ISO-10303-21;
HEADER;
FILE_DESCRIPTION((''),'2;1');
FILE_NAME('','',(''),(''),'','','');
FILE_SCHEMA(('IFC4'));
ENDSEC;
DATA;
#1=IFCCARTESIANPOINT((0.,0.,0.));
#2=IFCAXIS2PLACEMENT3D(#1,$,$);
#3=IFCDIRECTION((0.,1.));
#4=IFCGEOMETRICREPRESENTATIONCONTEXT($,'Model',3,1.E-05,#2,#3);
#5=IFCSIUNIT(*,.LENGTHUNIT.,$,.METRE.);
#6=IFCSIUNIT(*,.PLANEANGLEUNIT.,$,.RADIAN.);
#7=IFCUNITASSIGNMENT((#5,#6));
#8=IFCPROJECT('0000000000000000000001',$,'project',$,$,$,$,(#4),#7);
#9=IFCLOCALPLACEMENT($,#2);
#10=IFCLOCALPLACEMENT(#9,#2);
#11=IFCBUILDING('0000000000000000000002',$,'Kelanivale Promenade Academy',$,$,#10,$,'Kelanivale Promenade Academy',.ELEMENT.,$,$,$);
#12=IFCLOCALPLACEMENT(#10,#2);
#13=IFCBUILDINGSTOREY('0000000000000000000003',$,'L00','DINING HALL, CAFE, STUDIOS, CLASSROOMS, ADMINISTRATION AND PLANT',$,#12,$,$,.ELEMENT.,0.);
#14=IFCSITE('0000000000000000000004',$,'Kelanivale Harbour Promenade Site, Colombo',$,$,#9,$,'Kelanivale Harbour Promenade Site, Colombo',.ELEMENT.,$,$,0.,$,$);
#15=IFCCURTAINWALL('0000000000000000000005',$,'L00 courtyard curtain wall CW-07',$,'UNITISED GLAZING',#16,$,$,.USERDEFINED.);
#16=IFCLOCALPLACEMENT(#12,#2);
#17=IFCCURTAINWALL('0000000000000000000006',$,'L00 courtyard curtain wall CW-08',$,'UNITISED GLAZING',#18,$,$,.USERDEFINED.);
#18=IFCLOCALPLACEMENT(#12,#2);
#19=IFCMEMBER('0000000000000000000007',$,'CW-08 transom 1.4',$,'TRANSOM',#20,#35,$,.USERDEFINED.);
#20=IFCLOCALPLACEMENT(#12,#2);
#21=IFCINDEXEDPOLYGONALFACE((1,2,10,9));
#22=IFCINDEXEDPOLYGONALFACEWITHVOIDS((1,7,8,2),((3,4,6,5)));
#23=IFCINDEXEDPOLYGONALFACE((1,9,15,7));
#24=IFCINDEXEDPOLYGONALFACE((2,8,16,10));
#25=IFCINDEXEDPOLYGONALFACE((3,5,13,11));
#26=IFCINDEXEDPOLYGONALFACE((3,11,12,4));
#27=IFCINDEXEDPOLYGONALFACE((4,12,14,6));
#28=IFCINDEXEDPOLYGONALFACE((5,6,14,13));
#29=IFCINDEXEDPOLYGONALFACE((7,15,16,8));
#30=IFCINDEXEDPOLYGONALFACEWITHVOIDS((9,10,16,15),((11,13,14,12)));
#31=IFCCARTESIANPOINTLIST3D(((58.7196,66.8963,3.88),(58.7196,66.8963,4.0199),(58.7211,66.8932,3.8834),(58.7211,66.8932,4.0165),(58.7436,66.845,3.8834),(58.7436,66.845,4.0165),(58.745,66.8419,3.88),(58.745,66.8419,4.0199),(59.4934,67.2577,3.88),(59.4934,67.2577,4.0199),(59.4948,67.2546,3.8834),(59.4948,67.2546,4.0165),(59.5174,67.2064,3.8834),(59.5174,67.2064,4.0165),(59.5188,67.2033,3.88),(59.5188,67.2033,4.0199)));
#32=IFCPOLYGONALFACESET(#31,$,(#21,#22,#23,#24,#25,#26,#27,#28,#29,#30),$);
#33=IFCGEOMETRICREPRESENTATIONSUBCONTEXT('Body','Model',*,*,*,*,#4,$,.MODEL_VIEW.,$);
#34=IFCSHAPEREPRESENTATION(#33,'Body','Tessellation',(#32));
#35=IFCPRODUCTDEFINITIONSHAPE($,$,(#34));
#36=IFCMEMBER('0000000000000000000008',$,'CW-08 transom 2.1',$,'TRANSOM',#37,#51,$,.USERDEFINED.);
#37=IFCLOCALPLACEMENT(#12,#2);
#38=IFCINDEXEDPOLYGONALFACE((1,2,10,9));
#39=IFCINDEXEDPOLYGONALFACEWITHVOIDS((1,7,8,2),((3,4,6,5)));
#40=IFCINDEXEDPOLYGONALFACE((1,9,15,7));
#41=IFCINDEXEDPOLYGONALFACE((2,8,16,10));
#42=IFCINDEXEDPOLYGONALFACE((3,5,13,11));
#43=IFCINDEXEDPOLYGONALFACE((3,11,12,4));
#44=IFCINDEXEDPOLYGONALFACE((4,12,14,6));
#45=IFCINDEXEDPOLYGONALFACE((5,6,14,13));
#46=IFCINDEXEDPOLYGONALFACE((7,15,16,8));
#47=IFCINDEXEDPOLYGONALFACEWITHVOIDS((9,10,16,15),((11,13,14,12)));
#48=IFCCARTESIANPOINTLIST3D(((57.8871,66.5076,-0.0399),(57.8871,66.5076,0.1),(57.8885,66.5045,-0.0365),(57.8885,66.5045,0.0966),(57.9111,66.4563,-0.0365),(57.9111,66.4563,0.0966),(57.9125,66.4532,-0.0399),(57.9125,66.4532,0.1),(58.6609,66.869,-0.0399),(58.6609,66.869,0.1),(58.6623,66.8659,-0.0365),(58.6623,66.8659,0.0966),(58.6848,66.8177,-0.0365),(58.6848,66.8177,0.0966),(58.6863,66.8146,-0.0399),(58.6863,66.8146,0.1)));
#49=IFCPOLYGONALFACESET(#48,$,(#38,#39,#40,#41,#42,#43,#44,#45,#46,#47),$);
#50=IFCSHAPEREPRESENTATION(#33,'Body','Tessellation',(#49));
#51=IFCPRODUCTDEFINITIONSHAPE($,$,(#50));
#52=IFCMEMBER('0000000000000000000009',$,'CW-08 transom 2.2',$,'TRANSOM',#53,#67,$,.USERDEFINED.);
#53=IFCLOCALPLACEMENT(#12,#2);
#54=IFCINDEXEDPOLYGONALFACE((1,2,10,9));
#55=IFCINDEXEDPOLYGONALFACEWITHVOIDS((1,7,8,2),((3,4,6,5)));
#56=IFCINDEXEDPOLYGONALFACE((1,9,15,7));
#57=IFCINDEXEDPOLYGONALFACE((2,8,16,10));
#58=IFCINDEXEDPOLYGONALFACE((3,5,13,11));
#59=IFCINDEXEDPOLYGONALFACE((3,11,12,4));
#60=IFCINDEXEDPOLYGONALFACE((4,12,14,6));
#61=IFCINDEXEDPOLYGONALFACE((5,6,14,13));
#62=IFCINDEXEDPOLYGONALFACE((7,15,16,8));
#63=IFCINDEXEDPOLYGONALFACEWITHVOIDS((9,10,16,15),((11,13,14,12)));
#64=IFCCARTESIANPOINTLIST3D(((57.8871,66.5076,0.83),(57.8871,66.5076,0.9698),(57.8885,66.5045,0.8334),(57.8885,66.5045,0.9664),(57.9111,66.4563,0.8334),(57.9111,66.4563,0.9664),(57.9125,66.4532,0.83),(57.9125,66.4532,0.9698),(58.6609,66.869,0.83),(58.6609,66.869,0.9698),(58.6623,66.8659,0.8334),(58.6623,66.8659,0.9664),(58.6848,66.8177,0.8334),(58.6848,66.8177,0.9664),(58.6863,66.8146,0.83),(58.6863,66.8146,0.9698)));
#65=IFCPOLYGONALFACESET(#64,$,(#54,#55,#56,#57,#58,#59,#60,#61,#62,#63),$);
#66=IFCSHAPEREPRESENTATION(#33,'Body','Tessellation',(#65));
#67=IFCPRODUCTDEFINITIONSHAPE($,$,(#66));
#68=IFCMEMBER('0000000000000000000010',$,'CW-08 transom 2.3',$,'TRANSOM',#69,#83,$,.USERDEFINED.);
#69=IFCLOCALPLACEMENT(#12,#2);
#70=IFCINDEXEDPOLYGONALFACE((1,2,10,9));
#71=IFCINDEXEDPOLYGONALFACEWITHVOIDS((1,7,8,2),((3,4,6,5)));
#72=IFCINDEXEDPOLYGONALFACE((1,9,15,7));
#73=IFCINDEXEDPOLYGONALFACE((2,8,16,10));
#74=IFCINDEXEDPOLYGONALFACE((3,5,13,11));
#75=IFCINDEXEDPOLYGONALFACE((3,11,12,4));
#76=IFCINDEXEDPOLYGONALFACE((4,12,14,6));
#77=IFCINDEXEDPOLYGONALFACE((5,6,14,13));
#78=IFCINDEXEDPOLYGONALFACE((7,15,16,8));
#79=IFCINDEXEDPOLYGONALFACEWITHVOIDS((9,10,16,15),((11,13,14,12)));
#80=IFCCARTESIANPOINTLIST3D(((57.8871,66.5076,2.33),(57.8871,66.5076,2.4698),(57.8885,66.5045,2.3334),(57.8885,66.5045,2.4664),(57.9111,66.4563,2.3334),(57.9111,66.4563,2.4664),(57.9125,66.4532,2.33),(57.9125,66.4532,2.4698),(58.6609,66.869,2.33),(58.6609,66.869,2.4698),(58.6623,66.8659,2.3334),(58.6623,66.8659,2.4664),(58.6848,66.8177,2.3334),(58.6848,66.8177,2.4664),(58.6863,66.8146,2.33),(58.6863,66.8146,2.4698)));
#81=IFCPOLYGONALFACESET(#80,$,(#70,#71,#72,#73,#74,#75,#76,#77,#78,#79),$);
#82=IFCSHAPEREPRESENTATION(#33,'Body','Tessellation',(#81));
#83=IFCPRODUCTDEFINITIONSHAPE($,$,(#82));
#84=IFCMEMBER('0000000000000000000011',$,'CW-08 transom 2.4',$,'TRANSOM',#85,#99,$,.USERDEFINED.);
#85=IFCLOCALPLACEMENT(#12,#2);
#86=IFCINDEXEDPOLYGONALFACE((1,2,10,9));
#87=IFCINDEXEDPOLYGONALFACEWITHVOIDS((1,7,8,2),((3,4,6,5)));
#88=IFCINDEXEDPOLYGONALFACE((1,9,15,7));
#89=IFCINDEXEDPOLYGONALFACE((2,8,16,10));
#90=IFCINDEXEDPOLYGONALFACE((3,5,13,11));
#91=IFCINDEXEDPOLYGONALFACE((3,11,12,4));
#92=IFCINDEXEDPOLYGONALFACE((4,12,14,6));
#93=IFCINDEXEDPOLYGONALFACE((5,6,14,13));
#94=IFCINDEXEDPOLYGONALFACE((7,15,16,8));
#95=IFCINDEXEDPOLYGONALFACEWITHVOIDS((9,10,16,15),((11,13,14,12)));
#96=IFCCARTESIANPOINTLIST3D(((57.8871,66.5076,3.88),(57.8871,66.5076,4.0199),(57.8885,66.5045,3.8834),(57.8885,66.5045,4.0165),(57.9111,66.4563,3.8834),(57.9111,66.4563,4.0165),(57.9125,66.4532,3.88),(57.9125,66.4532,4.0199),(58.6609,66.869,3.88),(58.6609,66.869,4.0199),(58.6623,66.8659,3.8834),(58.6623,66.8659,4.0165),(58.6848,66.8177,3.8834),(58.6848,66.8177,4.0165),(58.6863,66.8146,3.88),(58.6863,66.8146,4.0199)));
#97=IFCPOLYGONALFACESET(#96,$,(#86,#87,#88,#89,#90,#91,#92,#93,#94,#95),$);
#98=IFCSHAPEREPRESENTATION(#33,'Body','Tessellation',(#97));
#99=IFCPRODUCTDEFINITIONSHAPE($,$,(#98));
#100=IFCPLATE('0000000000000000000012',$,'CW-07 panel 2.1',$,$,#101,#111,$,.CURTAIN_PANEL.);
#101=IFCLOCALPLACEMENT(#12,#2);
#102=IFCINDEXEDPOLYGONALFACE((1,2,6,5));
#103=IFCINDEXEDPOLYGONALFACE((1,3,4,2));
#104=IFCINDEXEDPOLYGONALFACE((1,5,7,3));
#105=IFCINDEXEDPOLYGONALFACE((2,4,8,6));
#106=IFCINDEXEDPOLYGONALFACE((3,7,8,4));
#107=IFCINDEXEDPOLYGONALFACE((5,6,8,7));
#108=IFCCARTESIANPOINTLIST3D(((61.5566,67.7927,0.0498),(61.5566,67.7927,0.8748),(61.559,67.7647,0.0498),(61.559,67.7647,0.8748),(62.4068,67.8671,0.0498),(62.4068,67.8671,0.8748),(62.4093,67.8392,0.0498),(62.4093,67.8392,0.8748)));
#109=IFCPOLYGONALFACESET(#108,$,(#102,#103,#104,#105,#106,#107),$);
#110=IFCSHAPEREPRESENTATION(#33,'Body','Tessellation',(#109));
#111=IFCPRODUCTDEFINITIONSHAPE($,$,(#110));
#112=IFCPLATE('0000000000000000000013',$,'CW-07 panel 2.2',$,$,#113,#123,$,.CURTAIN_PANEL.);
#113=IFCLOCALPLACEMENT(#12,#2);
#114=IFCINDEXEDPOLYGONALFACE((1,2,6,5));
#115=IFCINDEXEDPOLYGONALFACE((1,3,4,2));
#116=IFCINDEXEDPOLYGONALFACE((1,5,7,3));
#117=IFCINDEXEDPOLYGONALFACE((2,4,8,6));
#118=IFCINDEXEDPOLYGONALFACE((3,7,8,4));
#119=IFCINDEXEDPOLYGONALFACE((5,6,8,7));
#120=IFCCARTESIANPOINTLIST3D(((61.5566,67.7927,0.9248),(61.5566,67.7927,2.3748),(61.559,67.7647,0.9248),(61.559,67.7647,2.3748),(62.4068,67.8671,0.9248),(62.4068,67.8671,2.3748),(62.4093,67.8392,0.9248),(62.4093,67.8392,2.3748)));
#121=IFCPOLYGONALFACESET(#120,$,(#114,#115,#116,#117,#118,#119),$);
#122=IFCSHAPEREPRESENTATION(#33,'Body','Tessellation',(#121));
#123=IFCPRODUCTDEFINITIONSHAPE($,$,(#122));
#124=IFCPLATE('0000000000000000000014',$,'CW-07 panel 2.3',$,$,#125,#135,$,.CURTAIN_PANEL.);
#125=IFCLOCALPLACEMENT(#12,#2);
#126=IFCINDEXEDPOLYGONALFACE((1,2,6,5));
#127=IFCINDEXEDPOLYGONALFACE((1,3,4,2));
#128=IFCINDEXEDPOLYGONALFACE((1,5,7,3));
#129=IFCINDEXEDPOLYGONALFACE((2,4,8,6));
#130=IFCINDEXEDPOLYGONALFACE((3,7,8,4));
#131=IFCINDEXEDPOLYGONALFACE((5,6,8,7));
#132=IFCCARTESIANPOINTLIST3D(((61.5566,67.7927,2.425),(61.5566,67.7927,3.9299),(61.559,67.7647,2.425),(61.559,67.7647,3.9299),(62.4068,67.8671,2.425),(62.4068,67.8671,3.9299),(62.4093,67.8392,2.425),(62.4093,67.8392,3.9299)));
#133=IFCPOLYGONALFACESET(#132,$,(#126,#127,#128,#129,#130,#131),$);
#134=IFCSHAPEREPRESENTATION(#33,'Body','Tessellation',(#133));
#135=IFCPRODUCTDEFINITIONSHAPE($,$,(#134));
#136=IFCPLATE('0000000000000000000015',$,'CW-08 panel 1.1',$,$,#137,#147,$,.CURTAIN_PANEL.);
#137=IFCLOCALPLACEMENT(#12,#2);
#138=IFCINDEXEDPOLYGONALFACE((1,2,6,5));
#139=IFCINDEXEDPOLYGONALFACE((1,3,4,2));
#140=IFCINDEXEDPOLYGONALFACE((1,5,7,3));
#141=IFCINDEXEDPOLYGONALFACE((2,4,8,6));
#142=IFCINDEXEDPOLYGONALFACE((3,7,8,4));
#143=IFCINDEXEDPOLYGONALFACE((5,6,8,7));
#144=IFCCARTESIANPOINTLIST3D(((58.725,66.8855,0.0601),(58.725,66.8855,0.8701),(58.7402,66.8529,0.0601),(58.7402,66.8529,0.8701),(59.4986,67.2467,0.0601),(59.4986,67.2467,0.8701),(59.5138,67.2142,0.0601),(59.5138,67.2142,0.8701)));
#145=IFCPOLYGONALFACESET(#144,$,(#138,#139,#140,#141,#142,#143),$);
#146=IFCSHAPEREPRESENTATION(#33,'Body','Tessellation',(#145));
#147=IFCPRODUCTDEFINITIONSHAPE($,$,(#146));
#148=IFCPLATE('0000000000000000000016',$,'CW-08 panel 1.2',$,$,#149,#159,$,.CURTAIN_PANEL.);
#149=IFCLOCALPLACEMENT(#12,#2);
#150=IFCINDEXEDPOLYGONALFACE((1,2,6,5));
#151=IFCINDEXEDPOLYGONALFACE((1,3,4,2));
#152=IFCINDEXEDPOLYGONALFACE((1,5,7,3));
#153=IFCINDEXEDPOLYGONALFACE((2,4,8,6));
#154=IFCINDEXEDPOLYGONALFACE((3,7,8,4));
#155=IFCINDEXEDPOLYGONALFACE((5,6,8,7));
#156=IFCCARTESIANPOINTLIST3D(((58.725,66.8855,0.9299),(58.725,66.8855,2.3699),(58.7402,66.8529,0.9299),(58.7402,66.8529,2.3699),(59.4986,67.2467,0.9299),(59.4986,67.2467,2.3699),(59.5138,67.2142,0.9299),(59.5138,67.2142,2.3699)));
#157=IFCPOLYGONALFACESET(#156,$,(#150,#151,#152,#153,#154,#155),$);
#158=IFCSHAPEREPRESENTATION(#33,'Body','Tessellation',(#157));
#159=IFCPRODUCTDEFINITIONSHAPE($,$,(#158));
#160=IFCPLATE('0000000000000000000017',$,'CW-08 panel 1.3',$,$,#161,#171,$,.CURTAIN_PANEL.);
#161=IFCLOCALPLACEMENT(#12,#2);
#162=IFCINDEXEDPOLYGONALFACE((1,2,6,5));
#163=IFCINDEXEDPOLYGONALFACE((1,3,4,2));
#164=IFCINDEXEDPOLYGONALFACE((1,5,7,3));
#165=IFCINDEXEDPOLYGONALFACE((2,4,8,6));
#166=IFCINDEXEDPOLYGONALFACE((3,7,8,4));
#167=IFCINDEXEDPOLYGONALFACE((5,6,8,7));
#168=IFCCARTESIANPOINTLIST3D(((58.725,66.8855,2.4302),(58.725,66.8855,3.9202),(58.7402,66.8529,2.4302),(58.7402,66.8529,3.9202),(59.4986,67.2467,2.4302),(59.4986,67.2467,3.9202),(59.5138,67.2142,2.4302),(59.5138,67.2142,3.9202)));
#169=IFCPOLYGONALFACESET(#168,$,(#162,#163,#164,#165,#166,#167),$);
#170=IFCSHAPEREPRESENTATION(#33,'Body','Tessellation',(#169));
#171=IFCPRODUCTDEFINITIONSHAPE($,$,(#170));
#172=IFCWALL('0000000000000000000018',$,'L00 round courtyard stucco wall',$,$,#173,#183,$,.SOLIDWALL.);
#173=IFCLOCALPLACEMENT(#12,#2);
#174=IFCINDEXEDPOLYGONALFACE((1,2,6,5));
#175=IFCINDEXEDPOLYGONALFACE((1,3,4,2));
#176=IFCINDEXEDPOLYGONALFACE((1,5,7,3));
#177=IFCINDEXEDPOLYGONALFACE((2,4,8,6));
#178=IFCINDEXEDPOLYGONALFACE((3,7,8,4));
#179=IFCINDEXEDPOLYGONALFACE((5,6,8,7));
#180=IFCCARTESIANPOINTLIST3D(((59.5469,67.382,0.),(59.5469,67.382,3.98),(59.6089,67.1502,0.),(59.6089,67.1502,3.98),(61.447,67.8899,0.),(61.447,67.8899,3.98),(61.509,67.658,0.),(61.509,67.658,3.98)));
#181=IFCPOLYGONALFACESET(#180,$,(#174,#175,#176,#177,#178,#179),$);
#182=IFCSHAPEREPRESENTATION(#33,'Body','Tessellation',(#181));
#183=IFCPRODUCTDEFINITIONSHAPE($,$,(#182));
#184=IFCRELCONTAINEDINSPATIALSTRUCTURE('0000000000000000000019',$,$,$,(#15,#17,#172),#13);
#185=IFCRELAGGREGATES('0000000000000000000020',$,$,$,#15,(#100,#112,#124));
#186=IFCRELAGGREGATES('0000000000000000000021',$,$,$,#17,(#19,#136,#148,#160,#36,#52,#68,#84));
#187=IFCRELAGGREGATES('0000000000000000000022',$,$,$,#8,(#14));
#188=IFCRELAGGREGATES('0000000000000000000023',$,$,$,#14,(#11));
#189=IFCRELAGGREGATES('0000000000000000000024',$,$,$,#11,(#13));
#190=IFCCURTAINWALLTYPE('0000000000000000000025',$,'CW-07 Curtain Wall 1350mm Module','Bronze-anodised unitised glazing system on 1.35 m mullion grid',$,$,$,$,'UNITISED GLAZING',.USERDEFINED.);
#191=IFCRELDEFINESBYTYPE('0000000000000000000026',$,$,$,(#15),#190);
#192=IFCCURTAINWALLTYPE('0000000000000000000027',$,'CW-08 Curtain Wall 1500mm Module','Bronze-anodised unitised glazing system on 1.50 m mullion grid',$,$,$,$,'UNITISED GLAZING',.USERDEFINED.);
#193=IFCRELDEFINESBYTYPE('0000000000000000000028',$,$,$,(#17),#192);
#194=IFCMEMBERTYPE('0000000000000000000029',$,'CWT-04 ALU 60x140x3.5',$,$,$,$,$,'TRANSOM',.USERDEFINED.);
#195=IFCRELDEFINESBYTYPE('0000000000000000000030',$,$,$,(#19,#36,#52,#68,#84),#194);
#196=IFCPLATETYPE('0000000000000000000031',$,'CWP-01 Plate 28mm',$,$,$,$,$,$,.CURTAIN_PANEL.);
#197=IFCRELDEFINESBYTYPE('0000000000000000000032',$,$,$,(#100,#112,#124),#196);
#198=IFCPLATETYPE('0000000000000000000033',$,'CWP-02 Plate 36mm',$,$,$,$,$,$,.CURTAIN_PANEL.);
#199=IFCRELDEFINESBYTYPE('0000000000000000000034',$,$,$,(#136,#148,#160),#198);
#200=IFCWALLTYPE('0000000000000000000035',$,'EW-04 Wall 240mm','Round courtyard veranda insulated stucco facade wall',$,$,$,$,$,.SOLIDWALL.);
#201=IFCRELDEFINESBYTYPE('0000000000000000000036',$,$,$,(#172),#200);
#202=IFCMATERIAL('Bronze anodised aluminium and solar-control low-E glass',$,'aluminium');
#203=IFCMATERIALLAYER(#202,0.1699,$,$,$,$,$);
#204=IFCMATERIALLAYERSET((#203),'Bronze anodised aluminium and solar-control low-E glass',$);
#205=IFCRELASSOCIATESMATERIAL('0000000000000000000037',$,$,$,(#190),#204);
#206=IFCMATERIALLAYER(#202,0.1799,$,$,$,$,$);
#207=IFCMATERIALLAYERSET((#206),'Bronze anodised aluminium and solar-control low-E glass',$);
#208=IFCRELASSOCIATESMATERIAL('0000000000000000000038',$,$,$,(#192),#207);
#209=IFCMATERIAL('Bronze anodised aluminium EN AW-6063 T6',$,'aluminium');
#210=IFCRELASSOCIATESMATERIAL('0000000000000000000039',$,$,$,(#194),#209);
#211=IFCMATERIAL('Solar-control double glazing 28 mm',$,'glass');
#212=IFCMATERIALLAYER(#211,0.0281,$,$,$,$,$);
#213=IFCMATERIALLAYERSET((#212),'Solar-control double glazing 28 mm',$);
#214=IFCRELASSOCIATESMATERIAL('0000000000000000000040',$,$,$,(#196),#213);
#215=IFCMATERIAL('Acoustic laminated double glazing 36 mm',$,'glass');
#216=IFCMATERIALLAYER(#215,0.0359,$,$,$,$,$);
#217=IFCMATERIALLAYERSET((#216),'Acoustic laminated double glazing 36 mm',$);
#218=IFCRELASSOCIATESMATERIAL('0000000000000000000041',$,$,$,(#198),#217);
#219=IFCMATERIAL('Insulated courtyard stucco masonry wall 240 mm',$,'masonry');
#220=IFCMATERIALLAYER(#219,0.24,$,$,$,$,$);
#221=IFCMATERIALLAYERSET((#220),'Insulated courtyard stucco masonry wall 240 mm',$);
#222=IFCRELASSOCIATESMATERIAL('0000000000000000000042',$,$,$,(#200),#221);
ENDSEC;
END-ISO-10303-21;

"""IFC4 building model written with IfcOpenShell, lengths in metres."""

from ifc_helpers import new_model, si_unit, direction, frame, frame_2d, origin, origin_2d, place, context, subcontext, project, spatial, rectangle, hollow_rectangle, extrude, material, layer, layer_set, material_profile, profile_set, type_object, element, aggregate, save


model = new_model("IFC4")

# Units and contexts
model_context = context("Model", 3, precision=1e-05, world=origin(), true_north=direction((0.0, 1.0)))
body_context = subcontext(model_context, "Body", "Model", "MODEL_VIEW")
ifc_project = project(units=[si_unit("LENGTHUNIT", "METRE"), si_unit("PLANEANGLEUNIT", "RADIAN")], contexts=[model_context])

# Site, building, storey
site_placement = place(None, origin())
site = spatial("IfcSite", under=ifc_project, at=site_placement, Name="Kelanivale Harbour Promenade Site, Colombo", LongName="Kelanivale Harbour Promenade Site, Colombo", CompositionType="ELEMENT", RefElevation=0.0)
building_placement = place(site_placement, origin())
building = spatial("IfcBuilding", under=site, at=building_placement, Name="Kelanivale Promenade Academy", LongName="Kelanivale Promenade Academy", CompositionType="ELEMENT")
storey_placement = place(building_placement, origin())
storey = spatial("IfcBuildingStorey", under=building, at=storey_placement, Name="L00", Description="DINING HALL, CAFE, STUDIOS, CLASSROOMS, ADMINISTRATION AND PLANT", CompositionType="ELEMENT", Elevation=0.0)

# Curtain wall
ifc_material_1 = material(Name="Bronze anodised aluminium and solar-control low-E glass", Category="aluminium")
ifc_layer_1 = layer(ifc_material_1, 0.1699)
ifc_layer_set_1 = layer_set([ifc_layer_1], Name="Bronze anodised aluminium and solar-control low-E glass")
curtain_wall_type_1 = type_object("IfcCurtainWallType", Name="CW-07 Curtain Wall 1350mm Module", Description="Bronze-anodised unitised glazing system on 1.35 m mullion grid", ElementType="UNITISED GLAZING", PredefinedType="USERDEFINED", material=ifc_layer_set_1)
curtain_wall_1_placement = place(storey_placement, origin())
curtain_wall_1 = element("IfcCurtainWall", 1, at=curtain_wall_1_placement, inside=storey, type_object=curtain_wall_type_1, Name="L00 courtyard curtain wall CW-07", ObjectType="UNITISED GLAZING", PredefinedType="USERDEFINED")
ifc_material_2 = material(Name="Bronze anodised aluminium EN AW-6063 T6", Category="aluminium")

# Curtain wall
ifc_layer_2 = layer(ifc_material_1, 0.1799)
ifc_layer_set_2 = layer_set([ifc_layer_2], Name="Bronze anodised aluminium and solar-control low-E glass")
curtain_wall_type_2 = type_object("IfcCurtainWallType", Name="CW-08 Curtain Wall 1500mm Module", Description="Bronze-anodised unitised glazing system on 1.50 m mullion grid", ElementType="UNITISED GLAZING", PredefinedType="USERDEFINED", material=ifc_layer_set_2)
curtain_wall_2_placement = place(storey_placement, origin())
curtain_wall_2 = element("IfcCurtainWall", 2, at=curtain_wall_2_placement, inside=storey, type_object=curtain_wall_type_2, Name="L00 courtyard curtain wall CW-08", ObjectType="UNITISED GLAZING", PredefinedType="USERDEFINED")

# Members
ifc_material_profile_1 = material_profile(ifc_material_2, hollow_rectangle(XDim=0.0601, YDim=0.1399, WallThickness=0.0034, at=origin_2d()), Name="ALU 60x140x3.5")
ifc_profile_set_1 = profile_set([ifc_material_profile_1], Name="Bronze anodised aluminium EN AW-6063 T6")
member_type_1 = type_object("IfcMemberType", Name="CWT-04 ALU 60x140x3.5", ElementType="TRANSOM", PredefinedType="USERDEFINED", material=ifc_profile_set_1)
member_1_placement = place(storey_placement, frame((59.5061, 67.2305, 3.95), z_axis=(-0.906059, -0.423152, 0.0), x_axis=(0.423152, -0.906059, 0.0)))
member_1 = element("IfcMember", 3, at=member_1_placement, type_object=member_type_1, Name="CW-08 transom 1.4", ObjectType="TRANSOM", PredefinedType="USERDEFINED", context=body_context, shape_type="SweptSolid", body=[
    extrude(hollow_rectangle(XDim=0.0601, YDim=0.1399, WallThickness=0.0034, at=origin_2d()), origin(), (0.0, 0.0, 1.0), 0.854),
])
member_2_placement = place(storey_placement, frame((58.6736, 66.8418, 0.03), z_axis=(-0.906059, -0.423152, 0.0), x_axis=(0.423152, -0.906059, 0.0)))
member_2 = element("IfcMember", 4, at=member_2_placement, type_object=member_type_1, Name="CW-08 transom 2.1", ObjectType="TRANSOM", PredefinedType="USERDEFINED", context=body_context, shape_type="SweptSolid", body=[
    extrude(hollow_rectangle(XDim=0.0601, YDim=0.1399, WallThickness=0.0034, at=origin_2d()), origin(), (0.0, 0.0, 1.0), 0.854),
])
member_3_placement = place(storey_placement, frame((58.6736, 66.8418, 0.8999), z_axis=(-0.906059, -0.423152, 0.0), x_axis=(0.423152, -0.906059, 0.0)))
member_3 = element("IfcMember", 5, at=member_3_placement, type_object=member_type_1, Name="CW-08 transom 2.2", ObjectType="TRANSOM", PredefinedType="USERDEFINED", context=body_context, shape_type="SweptSolid", body=[
    extrude(hollow_rectangle(XDim=0.0601, YDim=0.1399, WallThickness=0.0034, at=origin_2d()), origin(), (0.0, 0.0, 1.0), 0.854),
])
member_4_placement = place(storey_placement, frame((58.6736, 66.8418, 2.3999), z_axis=(-0.906059, -0.423152, 0.0), x_axis=(0.423152, -0.906059, 0.0)))
member_4 = element("IfcMember", 6, at=member_4_placement, type_object=member_type_1, Name="CW-08 transom 2.3", ObjectType="TRANSOM", PredefinedType="USERDEFINED", context=body_context, shape_type="SweptSolid", body=[
    extrude(hollow_rectangle(XDim=0.0601, YDim=0.1399, WallThickness=0.0034, at=origin_2d()), origin(), (0.0, 0.0, 1.0), 0.854),
])
member_5_placement = place(storey_placement, frame((58.6736, 66.8418, 3.95), z_axis=(-0.906059, -0.423152, 0.0), x_axis=(0.423152, -0.906059, 0.0)))
member_5 = element("IfcMember", 7, at=member_5_placement, type_object=member_type_1, Name="CW-08 transom 2.4", ObjectType="TRANSOM", PredefinedType="USERDEFINED", context=body_context, shape_type="SweptSolid", body=[
    extrude(hollow_rectangle(XDim=0.0601, YDim=0.1399, WallThickness=0.0034, at=origin_2d()), origin(), (0.0, 0.0, 1.0), 0.854),
])

# Plates
ifc_material_3 = material(Name="Solar-control double glazing 28 mm", Category="glass")
ifc_layer_3 = layer(ifc_material_3, 0.0281)
ifc_layer_set_3 = layer_set([ifc_layer_3], Name="Solar-control double glazing 28 mm")
plate_type_1 = type_object("IfcPlateType", Name="CWP-01 Plate 28mm", PredefinedType="CURTAIN_PANEL", material=ifc_layer_set_3)
plate_1_placement = place(storey_placement, frame((61.9829, 67.8159, 0.0498), z_axis=(0.0, 0.0, 1.0), x_axis=(-0.996185, -0.087265, 0.0)))
plate_1 = element("IfcPlate", 8, at=plate_1_placement, type_object=plate_type_1, Name="CW-07 panel 2.1", PredefinedType="CURTAIN_PANEL", context=body_context, shape_type="SweptSolid", body=[
    extrude(rectangle(XDim=0.8535, YDim=0.0281, at=origin_2d()), origin(), (0.0, 0.0, 1.0), 0.825),
])
plate_2_placement = place(storey_placement, frame((61.9829, 67.8159, 0.9248), z_axis=(0.0, 0.0, 1.0), x_axis=(-0.996185, -0.087265, 0.0)))
plate_2 = element("IfcPlate", 9, at=plate_2_placement, type_object=plate_type_1, Name="CW-07 panel 2.2", PredefinedType="CURTAIN_PANEL", context=body_context, shape_type="SweptSolid", body=[
    extrude(rectangle(XDim=0.8535, YDim=0.0281, at=origin_2d()), origin(), (0.0, 0.0, 1.0), 1.45),
])
plate_3_placement = place(storey_placement, frame((61.9829, 67.8159, 2.425), z_axis=(0.0, 0.0, 1.0), x_axis=(-0.996185, -0.087265, 0.0)))
plate_3 = element("IfcPlate", 10, at=plate_3_placement, type_object=plate_type_1, Name="CW-07 panel 2.3", PredefinedType="CURTAIN_PANEL", context=body_context, shape_type="SweptSolid", body=[
    extrude(rectangle(XDim=0.8535, YDim=0.0281, at=origin_2d()), origin(), (0.0, 0.0, 1.0), 1.5049),
])
aggregate(curtain_wall_1, [plate_1, plate_2, plate_3])
ifc_material_4 = material(Name="Acoustic laminated double glazing 36 mm", Category="glass")
ifc_layer_4 = layer(ifc_material_4, 0.0359)
ifc_layer_set_4 = layer_set([ifc_layer_4], Name="Acoustic laminated double glazing 36 mm")
plate_type_2 = type_object("IfcPlateType", Name="CWP-02 Plate 36mm", PredefinedType="CURTAIN_PANEL", material=ifc_layer_set_4)
plate_4_placement = place(storey_placement, frame((59.1194, 67.0498, 0.0601), z_axis=(0.0, 0.0, 1.0), x_axis=(-0.906089, -0.423087, 0.0)))
plate_4 = element("IfcPlate", 11, at=plate_4_placement, type_object=plate_type_2, Name="CW-08 panel 1.1", PredefinedType="CURTAIN_PANEL", context=body_context, shape_type="SweptSolid", body=[
    extrude(rectangle(XDim=0.8538, YDim=0.0359, at=origin_2d()), origin(), (0.0, 0.0, 1.0), 0.8101),
])
plate_5_placement = place(storey_placement, frame((59.1194, 67.0498, 0.9299), z_axis=(0.0, 0.0, 1.0), x_axis=(-0.906089, -0.423087, 0.0)))
plate_5 = element("IfcPlate", 12, at=plate_5_placement, type_object=plate_type_2, Name="CW-08 panel 1.2", PredefinedType="CURTAIN_PANEL", context=body_context, shape_type="SweptSolid", body=[
    extrude(rectangle(XDim=0.8538, YDim=0.0359, at=origin_2d()), origin(), (0.0, 0.0, 1.0), 1.4399),
])
plate_6_placement = place(storey_placement, frame((59.1194, 67.0498, 2.4302), z_axis=(0.0, 0.0, 1.0), x_axis=(-0.906089, -0.423087, 0.0)))
plate_6 = element("IfcPlate", 13, at=plate_6_placement, type_object=plate_type_2, Name="CW-08 panel 1.3", PredefinedType="CURTAIN_PANEL", context=body_context, shape_type="SweptSolid", body=[
    extrude(rectangle(XDim=0.8538, YDim=0.0359, at=origin_2d()), origin(), (0.0, 0.0, 1.0), 1.49),
])
aggregate(curtain_wall_2, [member_1, plate_4, plate_5, plate_6, member_2, member_3, member_4, member_5])

# Wall
ifc_material_5 = material(Name="Insulated courtyard stucco masonry wall 240 mm", Category="masonry")
ifc_layer_5 = layer(ifc_material_5, 0.24)
ifc_layer_set_5 = layer_set([ifc_layer_5], Name="Insulated courtyard stucco masonry wall 240 mm")
wall_type_1 = type_object("IfcWallType", Name="EW-04 Wall 240mm", Description="Round courtyard veranda insulated stucco facade wall", PredefinedType="SOLIDWALL", material=ifc_layer_set_5)
wall_placement = place(storey_placement, frame((61.478, 67.7739, 0.0), z_axis=(0.0, 0.0, 1.0), x_axis=(-0.966095, -0.258188, 0.0)))
element("IfcWall", 14, at=wall_placement, inside=storey, type_object=wall_type_1, Name="L00 round courtyard stucco wall", PredefinedType="SOLIDWALL", context=body_context, shape_type="SweptSolid", body=[
    extrude(rectangle(XDim=1.9668, YDim=0.24, at=frame_2d((0.9834, 0.0))), origin(), (0.0, 0.0, 1.0), 3.98),
])

save(model, "model.ifc")
